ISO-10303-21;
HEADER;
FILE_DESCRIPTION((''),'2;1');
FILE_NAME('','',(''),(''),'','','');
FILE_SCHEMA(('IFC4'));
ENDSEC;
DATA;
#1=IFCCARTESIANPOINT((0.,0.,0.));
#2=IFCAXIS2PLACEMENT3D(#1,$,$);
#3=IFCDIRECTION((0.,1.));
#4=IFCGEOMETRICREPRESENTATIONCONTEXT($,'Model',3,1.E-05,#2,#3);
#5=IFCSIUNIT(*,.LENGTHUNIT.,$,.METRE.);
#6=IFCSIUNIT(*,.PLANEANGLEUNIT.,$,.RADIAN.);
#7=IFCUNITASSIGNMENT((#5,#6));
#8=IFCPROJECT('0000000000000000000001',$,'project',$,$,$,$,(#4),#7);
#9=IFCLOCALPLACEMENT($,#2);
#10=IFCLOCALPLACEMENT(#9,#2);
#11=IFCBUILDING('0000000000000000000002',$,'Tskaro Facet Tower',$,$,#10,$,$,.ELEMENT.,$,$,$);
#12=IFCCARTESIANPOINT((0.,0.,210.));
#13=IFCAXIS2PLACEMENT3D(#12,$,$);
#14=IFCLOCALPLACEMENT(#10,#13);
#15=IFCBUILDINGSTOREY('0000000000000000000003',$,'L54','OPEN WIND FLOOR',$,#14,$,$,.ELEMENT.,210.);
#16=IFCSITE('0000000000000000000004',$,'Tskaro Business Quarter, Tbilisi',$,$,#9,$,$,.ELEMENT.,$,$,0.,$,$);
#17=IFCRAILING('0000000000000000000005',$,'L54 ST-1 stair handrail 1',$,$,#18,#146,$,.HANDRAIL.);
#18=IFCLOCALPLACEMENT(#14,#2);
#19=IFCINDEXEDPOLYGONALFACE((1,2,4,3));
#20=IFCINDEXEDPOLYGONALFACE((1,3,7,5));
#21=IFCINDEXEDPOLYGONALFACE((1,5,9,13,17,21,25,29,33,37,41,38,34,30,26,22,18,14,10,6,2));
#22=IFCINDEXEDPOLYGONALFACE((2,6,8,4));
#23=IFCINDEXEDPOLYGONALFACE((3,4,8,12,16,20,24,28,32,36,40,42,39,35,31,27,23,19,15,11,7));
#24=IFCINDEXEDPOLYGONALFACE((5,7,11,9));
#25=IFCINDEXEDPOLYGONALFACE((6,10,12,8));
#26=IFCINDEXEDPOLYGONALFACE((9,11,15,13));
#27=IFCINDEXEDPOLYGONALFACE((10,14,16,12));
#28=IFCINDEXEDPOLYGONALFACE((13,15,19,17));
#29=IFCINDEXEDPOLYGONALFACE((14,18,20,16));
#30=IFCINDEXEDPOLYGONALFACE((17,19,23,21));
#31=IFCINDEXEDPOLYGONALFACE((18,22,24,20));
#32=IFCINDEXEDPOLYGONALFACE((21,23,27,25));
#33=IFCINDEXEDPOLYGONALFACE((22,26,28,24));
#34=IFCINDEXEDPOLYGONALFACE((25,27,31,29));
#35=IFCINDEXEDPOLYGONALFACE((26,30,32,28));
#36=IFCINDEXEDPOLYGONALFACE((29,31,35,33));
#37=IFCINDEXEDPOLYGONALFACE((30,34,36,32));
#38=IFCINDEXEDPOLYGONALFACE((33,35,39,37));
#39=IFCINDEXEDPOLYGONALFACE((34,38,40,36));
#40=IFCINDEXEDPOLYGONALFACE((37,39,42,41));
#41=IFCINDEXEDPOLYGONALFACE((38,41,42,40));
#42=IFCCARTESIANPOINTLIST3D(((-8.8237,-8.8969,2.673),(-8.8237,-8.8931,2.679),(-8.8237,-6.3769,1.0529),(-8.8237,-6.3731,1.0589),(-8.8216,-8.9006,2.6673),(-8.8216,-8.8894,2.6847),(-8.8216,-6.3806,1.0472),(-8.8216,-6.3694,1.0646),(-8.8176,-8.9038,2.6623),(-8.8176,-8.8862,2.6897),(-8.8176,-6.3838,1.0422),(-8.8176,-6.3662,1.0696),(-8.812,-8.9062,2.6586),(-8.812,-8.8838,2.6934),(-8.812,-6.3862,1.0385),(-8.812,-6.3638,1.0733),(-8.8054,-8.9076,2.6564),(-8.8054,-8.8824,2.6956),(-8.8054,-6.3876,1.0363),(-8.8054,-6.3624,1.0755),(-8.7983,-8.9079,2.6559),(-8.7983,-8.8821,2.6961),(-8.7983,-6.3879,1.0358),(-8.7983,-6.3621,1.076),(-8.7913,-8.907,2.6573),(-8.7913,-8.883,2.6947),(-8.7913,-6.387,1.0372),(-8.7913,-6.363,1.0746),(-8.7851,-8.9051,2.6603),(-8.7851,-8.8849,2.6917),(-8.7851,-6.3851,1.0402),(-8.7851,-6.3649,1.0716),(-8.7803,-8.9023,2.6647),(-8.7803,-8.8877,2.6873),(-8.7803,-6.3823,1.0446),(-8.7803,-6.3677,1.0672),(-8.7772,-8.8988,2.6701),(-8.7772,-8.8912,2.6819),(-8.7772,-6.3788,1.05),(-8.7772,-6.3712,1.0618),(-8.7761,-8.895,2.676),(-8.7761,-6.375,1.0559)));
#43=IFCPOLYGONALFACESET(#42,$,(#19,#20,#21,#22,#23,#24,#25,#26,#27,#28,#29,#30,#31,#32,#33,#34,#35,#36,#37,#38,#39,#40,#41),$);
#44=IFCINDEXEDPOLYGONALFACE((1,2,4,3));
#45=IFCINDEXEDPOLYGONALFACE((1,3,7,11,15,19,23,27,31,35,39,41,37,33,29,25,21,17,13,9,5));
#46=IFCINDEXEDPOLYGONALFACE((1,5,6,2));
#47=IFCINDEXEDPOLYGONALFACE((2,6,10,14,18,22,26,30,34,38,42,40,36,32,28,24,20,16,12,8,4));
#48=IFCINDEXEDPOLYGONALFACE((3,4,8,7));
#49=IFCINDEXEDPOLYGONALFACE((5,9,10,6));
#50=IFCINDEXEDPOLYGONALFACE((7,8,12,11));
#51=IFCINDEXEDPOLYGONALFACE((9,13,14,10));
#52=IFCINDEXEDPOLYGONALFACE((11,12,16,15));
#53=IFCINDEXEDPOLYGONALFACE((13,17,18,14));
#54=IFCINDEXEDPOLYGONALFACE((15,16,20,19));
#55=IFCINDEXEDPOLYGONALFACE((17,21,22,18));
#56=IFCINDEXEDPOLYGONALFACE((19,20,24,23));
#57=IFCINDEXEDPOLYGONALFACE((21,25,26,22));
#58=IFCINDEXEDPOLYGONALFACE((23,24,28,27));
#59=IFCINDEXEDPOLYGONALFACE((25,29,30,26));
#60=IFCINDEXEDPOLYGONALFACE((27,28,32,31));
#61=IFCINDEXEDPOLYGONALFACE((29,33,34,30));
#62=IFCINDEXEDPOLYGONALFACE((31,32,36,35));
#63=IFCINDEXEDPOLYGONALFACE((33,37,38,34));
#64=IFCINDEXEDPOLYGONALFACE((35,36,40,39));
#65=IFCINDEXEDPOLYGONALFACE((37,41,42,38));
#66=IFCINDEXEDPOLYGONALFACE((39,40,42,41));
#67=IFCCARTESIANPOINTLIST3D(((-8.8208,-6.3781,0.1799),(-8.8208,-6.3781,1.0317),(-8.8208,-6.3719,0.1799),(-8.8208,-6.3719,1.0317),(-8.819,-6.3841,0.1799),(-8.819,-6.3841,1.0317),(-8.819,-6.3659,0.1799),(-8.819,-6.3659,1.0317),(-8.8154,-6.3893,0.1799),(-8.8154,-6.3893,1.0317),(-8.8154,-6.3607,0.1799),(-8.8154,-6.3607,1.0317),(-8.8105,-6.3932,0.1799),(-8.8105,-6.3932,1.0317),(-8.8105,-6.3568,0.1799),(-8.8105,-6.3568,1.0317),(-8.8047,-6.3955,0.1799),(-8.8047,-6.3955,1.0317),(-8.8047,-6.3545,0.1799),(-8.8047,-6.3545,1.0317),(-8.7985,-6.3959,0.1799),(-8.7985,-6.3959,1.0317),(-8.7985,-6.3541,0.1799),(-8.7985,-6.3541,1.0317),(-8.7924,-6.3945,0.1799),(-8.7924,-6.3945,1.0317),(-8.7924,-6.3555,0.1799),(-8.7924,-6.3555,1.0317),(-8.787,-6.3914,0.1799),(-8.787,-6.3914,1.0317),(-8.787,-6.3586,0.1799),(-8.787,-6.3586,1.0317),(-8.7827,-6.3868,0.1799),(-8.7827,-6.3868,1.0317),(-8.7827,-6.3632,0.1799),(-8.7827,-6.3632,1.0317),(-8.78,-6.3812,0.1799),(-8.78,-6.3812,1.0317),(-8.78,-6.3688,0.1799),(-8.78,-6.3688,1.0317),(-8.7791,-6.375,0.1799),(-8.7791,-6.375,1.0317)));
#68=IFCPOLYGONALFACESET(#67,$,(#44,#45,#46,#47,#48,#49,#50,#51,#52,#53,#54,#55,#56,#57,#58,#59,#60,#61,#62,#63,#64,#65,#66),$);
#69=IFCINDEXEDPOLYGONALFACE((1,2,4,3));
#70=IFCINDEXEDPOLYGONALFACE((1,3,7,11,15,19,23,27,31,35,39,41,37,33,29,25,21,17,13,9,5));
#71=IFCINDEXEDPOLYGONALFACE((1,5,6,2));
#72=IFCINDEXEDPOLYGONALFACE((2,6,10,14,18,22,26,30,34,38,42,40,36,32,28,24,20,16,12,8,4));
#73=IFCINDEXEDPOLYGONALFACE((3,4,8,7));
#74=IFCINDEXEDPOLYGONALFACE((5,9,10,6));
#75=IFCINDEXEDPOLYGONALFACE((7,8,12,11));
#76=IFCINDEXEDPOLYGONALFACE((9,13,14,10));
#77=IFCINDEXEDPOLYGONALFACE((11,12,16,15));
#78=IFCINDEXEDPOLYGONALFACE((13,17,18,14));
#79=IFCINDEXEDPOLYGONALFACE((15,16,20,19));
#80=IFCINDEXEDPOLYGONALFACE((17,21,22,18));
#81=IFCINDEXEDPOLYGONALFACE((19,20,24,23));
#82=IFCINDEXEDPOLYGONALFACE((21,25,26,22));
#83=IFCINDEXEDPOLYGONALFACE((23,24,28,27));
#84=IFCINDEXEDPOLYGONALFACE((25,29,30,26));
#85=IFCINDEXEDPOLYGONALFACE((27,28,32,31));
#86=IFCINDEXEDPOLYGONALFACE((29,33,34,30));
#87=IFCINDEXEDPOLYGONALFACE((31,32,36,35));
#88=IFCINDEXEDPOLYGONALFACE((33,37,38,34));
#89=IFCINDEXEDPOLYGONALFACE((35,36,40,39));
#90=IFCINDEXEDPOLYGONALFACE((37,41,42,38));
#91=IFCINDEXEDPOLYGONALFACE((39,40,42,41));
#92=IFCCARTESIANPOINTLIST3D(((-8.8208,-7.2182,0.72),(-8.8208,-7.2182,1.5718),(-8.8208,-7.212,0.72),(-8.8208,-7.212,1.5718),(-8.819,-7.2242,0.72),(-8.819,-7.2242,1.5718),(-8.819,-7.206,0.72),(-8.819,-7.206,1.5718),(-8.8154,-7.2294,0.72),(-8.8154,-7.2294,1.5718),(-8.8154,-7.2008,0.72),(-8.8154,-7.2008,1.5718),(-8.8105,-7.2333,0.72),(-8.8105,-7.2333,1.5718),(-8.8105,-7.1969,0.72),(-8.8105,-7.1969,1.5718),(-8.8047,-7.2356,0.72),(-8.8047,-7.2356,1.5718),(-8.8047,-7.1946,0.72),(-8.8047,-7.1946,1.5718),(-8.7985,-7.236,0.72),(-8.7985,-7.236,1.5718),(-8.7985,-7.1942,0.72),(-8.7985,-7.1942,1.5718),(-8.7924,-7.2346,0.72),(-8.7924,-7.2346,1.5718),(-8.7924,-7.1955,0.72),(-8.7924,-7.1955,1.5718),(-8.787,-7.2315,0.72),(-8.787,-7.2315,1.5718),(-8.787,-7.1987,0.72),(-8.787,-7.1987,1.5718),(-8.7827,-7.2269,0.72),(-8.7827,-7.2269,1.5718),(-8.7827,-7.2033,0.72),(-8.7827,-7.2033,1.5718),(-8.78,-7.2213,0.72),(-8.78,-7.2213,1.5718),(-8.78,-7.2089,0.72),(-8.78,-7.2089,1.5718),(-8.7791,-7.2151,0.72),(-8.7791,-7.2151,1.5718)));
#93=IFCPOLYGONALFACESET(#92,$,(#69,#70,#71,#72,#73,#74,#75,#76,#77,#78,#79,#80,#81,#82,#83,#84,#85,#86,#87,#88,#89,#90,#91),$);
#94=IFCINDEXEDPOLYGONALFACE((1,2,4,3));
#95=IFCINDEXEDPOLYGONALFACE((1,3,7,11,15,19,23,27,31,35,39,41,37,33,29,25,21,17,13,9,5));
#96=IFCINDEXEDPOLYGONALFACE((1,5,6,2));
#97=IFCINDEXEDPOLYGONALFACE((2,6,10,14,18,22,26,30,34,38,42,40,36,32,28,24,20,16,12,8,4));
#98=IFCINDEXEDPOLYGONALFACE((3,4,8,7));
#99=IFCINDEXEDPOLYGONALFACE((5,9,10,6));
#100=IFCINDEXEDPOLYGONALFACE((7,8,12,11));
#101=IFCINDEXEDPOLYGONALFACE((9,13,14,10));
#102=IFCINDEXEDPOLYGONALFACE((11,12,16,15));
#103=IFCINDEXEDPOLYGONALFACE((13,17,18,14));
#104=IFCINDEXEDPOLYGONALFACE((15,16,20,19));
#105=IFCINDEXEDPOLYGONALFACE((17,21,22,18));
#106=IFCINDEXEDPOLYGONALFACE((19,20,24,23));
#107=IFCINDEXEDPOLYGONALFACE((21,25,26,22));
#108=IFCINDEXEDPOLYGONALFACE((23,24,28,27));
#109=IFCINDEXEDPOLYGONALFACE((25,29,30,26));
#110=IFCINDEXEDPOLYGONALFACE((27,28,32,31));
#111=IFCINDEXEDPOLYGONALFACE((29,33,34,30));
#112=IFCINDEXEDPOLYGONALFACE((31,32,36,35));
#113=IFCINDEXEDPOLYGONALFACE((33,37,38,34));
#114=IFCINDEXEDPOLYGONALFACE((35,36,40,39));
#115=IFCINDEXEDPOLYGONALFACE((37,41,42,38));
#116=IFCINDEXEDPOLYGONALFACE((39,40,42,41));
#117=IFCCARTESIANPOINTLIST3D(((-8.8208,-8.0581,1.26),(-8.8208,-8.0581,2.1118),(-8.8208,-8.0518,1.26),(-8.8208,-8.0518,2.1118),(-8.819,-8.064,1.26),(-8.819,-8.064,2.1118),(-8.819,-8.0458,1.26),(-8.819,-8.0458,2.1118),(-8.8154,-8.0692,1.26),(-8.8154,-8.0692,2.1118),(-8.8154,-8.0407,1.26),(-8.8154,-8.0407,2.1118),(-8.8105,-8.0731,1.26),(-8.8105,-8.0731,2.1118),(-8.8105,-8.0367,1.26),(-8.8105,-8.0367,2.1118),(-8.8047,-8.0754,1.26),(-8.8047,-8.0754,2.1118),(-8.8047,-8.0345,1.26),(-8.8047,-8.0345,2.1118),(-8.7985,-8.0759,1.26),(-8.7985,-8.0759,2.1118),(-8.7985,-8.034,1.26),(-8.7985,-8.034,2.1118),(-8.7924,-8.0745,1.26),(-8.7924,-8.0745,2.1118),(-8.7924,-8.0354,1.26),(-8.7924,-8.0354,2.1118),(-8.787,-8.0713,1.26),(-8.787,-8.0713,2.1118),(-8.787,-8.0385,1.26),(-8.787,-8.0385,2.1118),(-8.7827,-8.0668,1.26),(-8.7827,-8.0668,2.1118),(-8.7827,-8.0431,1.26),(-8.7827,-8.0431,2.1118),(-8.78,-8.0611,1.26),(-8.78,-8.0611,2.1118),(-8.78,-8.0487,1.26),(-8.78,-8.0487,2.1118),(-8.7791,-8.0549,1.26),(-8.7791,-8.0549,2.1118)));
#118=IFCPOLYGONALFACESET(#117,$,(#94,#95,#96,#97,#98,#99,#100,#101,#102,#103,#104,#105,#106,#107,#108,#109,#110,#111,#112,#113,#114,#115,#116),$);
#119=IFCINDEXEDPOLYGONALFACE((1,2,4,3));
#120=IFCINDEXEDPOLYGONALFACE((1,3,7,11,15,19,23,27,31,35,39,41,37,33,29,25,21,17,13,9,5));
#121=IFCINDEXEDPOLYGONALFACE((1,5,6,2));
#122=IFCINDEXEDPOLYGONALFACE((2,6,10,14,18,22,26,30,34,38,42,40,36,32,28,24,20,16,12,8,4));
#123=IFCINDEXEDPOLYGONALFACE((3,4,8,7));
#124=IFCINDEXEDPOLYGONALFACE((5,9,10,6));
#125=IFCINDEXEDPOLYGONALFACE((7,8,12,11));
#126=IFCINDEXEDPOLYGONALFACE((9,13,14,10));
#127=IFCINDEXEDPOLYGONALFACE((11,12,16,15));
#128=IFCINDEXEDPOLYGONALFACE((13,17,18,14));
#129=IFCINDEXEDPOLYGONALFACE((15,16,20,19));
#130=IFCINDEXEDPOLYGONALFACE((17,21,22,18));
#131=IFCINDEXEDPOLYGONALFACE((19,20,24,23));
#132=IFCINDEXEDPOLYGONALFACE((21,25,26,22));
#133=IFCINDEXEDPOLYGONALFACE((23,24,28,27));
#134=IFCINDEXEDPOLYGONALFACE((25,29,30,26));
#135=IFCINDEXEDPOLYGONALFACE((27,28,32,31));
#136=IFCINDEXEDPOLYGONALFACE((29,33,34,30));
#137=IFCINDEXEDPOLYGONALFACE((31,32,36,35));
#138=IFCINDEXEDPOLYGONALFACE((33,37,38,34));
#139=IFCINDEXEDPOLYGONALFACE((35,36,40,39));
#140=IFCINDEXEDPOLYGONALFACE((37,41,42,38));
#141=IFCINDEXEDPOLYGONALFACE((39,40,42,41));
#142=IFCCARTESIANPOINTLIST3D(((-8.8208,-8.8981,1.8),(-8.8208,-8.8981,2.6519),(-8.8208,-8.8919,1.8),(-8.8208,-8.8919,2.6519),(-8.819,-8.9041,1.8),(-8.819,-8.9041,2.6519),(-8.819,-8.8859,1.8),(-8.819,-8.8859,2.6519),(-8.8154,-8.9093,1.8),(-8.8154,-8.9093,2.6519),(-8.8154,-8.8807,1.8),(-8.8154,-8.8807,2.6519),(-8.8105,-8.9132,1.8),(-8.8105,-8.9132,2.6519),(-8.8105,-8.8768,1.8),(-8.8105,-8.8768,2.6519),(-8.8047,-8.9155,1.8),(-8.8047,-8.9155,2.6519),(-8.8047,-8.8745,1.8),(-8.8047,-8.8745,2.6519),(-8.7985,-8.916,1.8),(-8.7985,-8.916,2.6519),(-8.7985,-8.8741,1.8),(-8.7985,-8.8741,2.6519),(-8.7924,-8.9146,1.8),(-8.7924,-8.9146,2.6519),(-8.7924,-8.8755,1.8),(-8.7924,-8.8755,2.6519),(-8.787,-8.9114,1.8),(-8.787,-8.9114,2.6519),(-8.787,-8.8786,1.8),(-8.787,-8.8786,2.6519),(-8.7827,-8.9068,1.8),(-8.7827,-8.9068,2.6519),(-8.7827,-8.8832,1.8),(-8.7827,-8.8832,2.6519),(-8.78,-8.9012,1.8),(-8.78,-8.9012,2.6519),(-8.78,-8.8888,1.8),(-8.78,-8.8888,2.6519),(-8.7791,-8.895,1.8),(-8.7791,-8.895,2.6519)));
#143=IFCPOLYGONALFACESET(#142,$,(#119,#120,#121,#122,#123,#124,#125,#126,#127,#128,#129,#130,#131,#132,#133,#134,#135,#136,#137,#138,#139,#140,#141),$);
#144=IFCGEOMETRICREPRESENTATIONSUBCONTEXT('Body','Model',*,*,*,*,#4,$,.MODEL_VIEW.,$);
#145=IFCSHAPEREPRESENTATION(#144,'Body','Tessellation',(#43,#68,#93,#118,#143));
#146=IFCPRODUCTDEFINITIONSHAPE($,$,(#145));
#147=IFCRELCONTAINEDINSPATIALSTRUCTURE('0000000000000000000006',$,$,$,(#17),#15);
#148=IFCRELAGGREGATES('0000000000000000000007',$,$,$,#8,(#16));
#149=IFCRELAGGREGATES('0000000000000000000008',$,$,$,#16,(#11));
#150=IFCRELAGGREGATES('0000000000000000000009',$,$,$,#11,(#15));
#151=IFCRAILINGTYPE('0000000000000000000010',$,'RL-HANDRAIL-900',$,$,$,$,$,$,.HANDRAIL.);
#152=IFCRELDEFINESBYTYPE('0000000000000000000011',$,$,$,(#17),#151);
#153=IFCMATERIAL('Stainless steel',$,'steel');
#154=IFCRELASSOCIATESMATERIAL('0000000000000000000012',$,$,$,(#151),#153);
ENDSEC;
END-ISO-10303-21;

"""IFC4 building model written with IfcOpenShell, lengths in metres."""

from ifc_helpers import new_model, si_unit, direction, frame, origin, origin_2d, place, context, subcontext, project, spatial, circle, extrude, material, type_object, element, save


model = new_model("IFC4")

# Units and contexts
model_context = context("Model", 3, precision=1e-05, world=origin(), true_north=direction((0.0, 1.0)))
body_context = subcontext(model_context, "Body", "Model", "MODEL_VIEW")
ifc_project = project(units=[si_unit("LENGTHUNIT", "METRE"), si_unit("PLANEANGLEUNIT", "RADIAN")], contexts=[model_context])

# Site, building, storey
site_placement = place(None, origin())
site = spatial("IfcSite", under=ifc_project, at=site_placement, Name="Tskaro Business Quarter, Tbilisi", CompositionType="ELEMENT", RefElevation=0.0)
building_placement = place(site_placement, origin())
building = spatial("IfcBuilding", under=site, at=building_placement, Name="Tskaro Facet Tower", CompositionType="ELEMENT")
storey_placement = place(building_placement, frame((0.0, 0.0, 210.0)))
storey = spatial("IfcBuildingStorey", under=building, at=storey_placement, Name="L54", Description="OPEN WIND FLOOR", CompositionType="ELEMENT", Elevation=210.0)

# Shared definitions
ifc_material_1 = material(Name="Stainless steel", Category="steel")

# Railing
railing_type_1 = type_object("IfcRailingType", Name="RL-HANDRAIL-900", PredefinedType="HANDRAIL", material=ifc_material_1)
railing_1_placement = place(storey_placement, frame((-8.8, -6.375, 0.1799)))
element("IfcRailing", 1, at=railing_1_placement, inside=storey, type_object=railing_type_1, Name="L54 ST-1 stair handrail 1", PredefinedType="HANDRAIL", context=body_context, shape_type="SweptSolid", body=[
    extrude(circle(Radius=0.0239, at=origin_2d()), frame((0.0, 0.0, 0.876), z_axis=(0.0, -0.841163, 0.540782), x_axis=(1.0, 0.0, 0.0)), (0.0, 0.0, 1.0), 2.9958),
    extrude(circle(Radius=0.021, at=origin_2d()), origin(), (0.0, 0.0, 1.0), 0.8518),
    extrude(circle(Radius=0.021, at=origin_2d()), frame((0.0, -0.8401, 0.54)), (0.0, 0.0, 1.0), 0.8518),
    extrude(circle(Radius=0.021, at=origin_2d()), frame((0.0, -1.6799, 1.0801)), (0.0, 0.0, 1.0), 0.8518),
    extrude(circle(Radius=0.021, at=origin_2d()), frame((0.0, -2.52, 1.6201)), (0.0, 0.0, 1.0), 0.8518),
])

save(model, "model.ifc")
